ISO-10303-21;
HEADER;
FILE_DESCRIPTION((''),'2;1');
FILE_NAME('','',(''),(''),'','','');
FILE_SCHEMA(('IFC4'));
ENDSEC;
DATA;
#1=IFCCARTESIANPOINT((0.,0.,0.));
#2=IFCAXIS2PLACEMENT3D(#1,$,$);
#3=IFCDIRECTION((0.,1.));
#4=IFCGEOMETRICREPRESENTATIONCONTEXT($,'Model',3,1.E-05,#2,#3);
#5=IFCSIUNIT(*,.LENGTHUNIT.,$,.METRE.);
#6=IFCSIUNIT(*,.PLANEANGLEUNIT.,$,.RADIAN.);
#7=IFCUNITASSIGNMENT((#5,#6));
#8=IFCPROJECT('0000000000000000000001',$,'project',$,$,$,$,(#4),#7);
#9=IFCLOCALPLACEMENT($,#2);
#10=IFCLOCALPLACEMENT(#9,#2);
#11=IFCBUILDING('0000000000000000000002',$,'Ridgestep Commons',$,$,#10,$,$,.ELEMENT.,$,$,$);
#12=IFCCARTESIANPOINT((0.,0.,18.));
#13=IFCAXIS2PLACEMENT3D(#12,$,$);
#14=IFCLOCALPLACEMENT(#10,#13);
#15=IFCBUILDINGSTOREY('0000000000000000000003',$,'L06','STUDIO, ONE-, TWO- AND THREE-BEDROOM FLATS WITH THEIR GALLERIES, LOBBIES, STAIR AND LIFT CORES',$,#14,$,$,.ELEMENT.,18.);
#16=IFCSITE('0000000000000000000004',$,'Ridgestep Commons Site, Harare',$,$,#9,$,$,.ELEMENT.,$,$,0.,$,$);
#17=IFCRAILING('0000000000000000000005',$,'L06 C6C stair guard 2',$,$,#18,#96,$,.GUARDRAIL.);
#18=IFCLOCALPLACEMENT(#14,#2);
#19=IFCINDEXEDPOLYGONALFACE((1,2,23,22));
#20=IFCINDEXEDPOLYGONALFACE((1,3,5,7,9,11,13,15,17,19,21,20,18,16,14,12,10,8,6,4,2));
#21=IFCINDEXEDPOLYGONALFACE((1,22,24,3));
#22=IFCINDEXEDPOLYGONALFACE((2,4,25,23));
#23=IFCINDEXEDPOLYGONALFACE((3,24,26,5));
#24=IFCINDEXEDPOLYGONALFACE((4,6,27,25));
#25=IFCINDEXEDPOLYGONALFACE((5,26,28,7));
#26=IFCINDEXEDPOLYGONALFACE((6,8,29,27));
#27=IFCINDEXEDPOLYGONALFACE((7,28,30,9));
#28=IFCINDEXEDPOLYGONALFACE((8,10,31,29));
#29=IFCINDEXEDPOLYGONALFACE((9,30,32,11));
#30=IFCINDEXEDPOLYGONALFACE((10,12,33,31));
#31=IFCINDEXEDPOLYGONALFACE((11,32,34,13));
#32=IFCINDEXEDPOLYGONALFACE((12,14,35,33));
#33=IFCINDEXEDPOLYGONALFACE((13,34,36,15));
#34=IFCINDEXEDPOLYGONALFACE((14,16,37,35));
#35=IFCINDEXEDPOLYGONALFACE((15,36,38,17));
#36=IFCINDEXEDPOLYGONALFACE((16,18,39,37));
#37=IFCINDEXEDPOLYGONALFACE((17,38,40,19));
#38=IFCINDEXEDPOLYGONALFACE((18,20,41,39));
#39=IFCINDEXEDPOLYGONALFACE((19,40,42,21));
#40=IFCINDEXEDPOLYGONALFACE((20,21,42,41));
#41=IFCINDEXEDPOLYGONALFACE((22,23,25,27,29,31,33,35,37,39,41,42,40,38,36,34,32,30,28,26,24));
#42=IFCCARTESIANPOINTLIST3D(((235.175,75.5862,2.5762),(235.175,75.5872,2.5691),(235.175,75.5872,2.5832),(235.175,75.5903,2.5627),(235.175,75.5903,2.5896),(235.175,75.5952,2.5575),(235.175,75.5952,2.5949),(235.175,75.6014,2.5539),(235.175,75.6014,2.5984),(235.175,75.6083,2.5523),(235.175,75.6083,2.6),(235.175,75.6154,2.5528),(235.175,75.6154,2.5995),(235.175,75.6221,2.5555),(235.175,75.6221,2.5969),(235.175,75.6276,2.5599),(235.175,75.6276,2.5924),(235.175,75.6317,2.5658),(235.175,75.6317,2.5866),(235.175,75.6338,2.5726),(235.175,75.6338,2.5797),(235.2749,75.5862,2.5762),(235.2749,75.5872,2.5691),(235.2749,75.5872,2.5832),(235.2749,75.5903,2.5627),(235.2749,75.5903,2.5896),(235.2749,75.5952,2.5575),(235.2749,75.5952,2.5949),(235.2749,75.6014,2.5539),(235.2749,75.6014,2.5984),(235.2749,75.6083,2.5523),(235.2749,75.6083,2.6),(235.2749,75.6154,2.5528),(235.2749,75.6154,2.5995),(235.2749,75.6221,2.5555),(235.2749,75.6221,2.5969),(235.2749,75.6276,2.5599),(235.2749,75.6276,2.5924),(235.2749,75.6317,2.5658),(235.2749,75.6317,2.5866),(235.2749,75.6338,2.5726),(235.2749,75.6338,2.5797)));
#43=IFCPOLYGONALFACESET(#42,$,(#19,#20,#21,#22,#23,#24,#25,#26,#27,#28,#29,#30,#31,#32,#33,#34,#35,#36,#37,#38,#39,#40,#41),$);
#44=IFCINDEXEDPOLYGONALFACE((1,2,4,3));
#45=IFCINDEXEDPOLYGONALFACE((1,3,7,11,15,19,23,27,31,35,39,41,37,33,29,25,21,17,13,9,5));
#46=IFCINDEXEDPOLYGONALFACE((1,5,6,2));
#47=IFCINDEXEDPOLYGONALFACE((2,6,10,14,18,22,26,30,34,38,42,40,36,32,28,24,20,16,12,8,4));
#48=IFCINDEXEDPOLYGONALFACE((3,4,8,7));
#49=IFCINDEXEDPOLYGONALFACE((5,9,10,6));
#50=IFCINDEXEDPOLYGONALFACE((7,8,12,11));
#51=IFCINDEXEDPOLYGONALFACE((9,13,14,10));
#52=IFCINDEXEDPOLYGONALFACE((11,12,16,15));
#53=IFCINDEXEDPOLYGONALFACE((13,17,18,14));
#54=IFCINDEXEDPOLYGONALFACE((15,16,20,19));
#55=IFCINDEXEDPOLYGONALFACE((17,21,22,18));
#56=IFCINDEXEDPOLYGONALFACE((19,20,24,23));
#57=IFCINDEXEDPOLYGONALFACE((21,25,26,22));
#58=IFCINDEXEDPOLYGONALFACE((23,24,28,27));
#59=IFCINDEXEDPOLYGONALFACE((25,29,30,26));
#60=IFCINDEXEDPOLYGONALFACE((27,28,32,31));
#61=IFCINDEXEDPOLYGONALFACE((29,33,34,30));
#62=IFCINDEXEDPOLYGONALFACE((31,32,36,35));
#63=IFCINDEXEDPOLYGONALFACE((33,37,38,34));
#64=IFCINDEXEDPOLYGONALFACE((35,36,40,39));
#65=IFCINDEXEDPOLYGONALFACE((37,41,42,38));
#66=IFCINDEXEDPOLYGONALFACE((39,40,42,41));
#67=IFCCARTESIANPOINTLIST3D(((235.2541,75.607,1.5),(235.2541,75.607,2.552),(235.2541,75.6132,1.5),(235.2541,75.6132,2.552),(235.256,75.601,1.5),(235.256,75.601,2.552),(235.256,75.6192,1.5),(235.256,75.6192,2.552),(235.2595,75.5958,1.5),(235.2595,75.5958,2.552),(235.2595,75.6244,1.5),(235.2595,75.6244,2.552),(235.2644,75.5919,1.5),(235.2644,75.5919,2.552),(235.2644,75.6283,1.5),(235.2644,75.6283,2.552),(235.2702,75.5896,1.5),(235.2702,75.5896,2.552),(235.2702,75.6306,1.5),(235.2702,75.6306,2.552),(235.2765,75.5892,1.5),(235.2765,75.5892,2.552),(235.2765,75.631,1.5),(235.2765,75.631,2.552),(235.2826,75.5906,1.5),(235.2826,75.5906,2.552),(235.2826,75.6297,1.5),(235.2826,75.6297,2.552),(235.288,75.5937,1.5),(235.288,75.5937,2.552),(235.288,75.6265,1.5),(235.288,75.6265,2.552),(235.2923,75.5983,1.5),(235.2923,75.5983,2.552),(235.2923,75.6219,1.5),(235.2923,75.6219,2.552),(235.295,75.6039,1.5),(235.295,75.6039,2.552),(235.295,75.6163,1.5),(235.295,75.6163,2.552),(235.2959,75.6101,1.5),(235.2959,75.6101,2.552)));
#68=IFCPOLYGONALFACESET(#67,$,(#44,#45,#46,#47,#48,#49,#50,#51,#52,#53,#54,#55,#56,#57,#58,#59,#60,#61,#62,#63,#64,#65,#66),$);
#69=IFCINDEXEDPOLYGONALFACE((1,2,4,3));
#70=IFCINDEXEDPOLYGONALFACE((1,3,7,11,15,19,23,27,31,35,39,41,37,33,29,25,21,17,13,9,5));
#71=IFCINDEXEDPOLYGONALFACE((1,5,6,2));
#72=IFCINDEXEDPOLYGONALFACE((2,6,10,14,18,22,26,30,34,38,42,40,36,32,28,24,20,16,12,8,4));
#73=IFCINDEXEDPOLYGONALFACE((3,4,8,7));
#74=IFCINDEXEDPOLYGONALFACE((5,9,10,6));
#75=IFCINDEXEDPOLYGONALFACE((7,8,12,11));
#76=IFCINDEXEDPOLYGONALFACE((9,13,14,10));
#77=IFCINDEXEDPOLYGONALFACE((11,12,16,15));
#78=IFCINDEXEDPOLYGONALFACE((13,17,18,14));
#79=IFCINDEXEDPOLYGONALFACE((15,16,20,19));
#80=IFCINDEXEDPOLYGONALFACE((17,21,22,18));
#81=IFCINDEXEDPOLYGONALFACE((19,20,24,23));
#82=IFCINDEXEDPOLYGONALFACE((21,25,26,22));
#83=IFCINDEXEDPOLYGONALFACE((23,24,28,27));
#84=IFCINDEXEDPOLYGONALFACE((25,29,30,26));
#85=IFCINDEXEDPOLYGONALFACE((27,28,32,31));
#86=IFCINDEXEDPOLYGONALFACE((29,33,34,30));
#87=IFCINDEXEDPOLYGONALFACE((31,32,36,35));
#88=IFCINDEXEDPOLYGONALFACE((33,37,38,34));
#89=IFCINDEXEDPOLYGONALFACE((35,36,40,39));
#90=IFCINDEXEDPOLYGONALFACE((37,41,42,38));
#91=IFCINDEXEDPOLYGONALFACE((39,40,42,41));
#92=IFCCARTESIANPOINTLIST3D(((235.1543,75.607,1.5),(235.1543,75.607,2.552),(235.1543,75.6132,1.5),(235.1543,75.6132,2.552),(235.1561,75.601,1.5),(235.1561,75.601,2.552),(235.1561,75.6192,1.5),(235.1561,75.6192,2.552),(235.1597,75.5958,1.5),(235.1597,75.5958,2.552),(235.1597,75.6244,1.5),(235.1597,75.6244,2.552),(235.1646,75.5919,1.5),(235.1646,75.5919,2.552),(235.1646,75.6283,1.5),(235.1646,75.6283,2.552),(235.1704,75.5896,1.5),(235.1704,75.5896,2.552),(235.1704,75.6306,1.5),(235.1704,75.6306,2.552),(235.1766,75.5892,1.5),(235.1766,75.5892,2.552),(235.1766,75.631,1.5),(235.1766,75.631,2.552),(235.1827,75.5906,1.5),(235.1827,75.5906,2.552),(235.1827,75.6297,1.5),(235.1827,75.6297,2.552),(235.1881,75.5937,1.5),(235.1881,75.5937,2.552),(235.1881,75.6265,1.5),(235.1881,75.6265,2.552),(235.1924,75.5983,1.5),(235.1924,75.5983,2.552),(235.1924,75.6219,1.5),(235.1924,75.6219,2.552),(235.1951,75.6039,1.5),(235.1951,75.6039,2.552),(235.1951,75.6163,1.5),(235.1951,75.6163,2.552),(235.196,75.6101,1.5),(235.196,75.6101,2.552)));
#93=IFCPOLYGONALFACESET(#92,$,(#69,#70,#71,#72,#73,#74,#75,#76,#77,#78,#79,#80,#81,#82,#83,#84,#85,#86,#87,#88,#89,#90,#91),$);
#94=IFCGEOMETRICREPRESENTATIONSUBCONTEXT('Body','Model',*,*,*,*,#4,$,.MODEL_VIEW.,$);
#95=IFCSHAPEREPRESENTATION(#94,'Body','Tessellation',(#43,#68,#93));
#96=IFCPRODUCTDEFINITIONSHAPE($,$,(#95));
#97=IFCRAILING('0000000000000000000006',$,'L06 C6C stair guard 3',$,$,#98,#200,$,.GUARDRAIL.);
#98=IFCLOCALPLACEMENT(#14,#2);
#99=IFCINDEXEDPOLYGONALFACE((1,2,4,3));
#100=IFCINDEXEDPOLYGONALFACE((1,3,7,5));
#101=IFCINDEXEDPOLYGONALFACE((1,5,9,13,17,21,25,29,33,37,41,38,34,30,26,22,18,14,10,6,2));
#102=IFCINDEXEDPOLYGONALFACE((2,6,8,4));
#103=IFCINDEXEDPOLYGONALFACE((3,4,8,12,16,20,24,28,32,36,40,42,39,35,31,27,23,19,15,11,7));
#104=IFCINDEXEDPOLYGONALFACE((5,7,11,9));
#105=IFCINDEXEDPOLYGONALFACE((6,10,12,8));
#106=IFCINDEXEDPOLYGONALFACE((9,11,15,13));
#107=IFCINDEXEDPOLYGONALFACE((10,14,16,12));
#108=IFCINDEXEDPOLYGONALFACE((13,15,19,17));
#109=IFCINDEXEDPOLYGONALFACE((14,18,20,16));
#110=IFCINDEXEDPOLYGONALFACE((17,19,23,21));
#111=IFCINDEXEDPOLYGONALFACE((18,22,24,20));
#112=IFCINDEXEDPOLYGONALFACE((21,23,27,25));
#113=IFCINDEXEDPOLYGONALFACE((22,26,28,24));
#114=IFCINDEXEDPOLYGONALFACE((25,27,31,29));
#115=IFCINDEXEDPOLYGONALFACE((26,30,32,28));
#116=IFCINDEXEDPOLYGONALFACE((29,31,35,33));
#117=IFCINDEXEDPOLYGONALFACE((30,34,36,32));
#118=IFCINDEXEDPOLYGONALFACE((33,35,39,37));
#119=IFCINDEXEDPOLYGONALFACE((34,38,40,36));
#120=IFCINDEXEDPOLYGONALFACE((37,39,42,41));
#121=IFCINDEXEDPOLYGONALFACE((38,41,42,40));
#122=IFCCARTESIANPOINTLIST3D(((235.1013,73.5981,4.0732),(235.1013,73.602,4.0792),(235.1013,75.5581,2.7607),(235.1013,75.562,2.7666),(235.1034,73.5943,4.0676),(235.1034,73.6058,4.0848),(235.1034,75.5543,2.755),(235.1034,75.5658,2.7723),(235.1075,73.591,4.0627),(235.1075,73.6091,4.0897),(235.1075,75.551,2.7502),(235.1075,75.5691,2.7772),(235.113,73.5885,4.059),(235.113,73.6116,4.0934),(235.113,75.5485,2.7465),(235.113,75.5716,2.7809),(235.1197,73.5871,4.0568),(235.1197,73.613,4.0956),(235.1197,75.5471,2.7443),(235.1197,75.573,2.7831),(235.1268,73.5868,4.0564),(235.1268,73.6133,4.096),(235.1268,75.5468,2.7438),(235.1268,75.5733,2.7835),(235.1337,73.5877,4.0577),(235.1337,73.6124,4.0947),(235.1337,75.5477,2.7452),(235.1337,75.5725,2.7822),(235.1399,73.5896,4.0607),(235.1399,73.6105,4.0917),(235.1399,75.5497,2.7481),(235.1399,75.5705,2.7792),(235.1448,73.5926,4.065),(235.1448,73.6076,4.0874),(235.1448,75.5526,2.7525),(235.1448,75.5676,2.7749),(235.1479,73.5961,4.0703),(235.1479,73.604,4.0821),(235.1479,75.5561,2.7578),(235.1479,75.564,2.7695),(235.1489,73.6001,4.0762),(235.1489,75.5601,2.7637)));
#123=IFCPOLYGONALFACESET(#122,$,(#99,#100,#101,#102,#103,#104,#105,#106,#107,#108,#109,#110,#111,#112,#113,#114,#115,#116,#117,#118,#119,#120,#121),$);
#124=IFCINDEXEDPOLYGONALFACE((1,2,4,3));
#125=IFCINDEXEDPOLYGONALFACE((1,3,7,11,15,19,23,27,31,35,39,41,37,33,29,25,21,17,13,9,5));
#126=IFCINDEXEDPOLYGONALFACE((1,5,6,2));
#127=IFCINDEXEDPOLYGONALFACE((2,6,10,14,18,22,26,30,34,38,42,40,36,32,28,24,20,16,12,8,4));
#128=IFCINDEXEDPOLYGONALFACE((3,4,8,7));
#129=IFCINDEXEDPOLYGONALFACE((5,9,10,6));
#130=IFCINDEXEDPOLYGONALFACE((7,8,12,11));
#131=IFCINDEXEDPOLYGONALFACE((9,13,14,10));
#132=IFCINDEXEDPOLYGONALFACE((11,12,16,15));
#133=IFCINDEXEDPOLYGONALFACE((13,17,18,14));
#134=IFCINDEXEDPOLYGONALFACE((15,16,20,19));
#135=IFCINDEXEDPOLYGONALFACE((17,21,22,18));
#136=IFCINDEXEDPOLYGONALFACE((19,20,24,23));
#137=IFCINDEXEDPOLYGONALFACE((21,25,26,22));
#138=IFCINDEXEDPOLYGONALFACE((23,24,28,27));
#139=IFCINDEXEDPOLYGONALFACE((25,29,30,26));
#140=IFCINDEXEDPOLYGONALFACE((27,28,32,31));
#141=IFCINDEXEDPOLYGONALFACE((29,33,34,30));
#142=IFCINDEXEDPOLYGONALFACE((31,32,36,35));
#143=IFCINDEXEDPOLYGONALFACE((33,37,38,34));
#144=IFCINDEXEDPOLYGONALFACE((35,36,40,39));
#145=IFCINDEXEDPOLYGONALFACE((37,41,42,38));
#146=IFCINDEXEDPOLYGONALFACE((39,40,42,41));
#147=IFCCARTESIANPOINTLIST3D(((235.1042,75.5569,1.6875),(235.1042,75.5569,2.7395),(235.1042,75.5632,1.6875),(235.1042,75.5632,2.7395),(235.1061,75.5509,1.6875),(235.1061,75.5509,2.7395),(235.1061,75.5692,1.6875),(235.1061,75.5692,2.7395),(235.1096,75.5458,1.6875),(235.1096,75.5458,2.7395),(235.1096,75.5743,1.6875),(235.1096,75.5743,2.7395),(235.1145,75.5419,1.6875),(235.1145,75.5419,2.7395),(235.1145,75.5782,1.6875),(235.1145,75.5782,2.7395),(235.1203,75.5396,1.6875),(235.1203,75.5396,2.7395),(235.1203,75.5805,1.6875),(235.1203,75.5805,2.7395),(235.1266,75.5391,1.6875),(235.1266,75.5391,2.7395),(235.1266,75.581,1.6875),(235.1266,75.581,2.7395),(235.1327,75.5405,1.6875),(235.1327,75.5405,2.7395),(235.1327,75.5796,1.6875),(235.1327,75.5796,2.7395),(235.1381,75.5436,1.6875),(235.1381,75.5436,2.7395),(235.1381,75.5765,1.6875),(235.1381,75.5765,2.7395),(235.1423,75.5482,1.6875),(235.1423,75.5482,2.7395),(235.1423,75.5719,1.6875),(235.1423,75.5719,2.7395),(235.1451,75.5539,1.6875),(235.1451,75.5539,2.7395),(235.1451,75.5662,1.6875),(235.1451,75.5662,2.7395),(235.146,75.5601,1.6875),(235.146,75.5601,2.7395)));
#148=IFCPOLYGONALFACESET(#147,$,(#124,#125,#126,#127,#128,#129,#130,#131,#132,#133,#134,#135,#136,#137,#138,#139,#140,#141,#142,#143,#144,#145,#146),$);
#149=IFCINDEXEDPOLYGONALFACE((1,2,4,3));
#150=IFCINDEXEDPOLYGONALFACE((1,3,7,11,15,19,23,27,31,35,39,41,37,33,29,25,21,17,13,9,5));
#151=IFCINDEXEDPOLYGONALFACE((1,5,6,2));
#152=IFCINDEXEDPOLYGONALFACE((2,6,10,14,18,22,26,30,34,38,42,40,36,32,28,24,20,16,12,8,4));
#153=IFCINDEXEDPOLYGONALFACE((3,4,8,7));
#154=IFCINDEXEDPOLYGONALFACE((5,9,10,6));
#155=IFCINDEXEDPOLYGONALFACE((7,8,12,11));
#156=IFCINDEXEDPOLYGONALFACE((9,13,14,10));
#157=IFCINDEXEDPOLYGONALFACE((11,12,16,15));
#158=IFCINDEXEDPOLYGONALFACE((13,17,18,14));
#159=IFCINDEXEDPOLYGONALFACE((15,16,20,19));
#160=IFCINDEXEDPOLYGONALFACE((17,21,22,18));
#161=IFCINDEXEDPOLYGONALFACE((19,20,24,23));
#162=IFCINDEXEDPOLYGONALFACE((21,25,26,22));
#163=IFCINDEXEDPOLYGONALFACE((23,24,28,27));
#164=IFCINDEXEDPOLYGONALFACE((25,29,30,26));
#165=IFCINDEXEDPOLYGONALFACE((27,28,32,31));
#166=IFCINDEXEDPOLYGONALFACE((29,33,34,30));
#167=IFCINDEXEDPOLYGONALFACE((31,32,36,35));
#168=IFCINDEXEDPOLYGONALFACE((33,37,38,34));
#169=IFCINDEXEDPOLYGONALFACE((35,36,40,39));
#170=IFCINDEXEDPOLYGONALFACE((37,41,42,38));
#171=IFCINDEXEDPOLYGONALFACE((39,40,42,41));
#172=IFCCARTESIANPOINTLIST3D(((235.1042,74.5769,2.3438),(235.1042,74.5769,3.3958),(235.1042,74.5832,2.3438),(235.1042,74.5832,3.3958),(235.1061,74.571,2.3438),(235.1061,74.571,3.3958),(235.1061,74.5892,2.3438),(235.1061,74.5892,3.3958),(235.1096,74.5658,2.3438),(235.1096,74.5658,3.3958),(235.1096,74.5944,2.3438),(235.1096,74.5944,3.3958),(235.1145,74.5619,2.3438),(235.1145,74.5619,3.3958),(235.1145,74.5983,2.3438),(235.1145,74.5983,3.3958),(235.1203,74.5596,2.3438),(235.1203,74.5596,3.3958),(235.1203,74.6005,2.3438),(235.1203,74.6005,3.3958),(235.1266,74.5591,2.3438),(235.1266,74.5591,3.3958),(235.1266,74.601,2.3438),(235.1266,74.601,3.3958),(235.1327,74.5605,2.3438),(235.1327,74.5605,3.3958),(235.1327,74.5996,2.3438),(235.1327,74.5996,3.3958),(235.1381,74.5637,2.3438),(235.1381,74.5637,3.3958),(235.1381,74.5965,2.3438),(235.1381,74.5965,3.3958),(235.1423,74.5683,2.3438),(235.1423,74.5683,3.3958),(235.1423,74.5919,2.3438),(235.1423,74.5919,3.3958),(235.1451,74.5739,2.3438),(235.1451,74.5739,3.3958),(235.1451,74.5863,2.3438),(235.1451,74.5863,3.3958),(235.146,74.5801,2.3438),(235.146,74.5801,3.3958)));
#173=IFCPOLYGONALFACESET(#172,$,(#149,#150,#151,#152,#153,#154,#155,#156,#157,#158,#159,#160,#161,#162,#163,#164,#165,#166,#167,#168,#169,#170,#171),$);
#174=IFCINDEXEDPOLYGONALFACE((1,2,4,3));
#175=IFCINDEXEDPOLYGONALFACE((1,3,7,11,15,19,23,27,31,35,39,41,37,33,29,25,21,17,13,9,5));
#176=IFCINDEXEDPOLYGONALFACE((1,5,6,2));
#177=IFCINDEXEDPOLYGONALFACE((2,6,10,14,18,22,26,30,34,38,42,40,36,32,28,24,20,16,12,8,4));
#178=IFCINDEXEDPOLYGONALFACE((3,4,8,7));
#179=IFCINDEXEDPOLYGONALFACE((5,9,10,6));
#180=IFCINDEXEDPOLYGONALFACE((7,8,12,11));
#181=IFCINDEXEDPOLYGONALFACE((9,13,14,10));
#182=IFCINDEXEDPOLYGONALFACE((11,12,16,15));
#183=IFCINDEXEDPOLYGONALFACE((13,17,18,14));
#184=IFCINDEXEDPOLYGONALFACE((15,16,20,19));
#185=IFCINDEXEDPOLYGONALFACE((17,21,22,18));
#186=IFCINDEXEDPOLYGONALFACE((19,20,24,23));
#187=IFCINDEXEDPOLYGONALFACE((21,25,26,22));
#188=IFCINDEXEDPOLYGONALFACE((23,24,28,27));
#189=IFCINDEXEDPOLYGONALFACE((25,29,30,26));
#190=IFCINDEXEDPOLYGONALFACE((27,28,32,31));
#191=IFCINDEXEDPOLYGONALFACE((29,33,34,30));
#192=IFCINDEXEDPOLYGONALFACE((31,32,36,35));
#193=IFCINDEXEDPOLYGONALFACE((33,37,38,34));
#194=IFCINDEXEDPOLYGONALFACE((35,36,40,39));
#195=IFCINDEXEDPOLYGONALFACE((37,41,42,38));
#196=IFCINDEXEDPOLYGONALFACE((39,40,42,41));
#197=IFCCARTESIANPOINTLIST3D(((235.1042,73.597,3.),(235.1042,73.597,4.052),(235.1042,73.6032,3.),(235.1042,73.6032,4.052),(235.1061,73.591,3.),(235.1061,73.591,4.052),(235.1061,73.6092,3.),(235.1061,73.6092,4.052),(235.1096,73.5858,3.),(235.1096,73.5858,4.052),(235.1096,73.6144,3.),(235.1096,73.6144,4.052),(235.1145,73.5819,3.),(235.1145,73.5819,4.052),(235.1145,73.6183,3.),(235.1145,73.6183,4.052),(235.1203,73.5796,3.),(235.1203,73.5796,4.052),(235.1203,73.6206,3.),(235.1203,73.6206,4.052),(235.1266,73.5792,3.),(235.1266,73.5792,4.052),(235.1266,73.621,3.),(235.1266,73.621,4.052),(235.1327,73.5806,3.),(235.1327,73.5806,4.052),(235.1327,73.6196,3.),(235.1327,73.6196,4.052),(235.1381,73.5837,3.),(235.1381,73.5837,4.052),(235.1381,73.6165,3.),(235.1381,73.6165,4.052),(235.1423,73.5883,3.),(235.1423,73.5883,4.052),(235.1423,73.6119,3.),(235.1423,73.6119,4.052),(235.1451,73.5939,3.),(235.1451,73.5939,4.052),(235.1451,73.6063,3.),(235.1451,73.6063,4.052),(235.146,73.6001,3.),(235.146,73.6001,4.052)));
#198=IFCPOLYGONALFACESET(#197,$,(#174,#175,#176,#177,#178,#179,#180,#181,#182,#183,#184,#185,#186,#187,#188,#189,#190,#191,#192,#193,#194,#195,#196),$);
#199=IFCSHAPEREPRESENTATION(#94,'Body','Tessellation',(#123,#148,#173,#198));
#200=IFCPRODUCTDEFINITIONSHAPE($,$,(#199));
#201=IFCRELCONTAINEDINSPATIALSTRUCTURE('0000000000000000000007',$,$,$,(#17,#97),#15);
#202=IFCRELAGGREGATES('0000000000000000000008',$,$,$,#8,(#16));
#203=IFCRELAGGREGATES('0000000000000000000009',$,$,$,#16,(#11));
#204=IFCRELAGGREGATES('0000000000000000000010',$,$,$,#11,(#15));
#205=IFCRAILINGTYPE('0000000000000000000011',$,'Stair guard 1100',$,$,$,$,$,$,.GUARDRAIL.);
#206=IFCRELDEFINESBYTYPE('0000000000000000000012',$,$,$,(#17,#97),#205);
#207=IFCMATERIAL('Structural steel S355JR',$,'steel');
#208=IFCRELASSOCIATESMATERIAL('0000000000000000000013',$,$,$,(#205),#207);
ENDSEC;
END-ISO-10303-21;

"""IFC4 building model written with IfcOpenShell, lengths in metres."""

from ifc_helpers import new_model, si_unit, direction, frame, origin, origin_2d, place, context, subcontext, project, spatial, circle, extrude, material, type_object, element, save


model = new_model("IFC4")

# Units and contexts
model_context = context("Model", 3, precision=1e-05, world=origin(), true_north=direction((0.0, 1.0)))
body_context = subcontext(model_context, "Body", "Model", "MODEL_VIEW")
ifc_project = project(units=[si_unit("LENGTHUNIT", "METRE"), si_unit("PLANEANGLEUNIT", "RADIAN")], contexts=[model_context])

# Site, building, storey
site_placement = place(None, origin())
site = spatial("IfcSite", under=ifc_project, at=site_placement, Name="Ridgestep Commons Site, Harare", CompositionType="ELEMENT", RefElevation=0.0)
building_placement = place(site_placement, origin())
building = spatial("IfcBuilding", under=site, at=building_placement, Name="Ridgestep Commons", CompositionType="ELEMENT")
storey_placement = place(building_placement, frame((0.0, 0.0, 18.0)))
storey = spatial("IfcBuildingStorey", under=building, at=storey_placement, Name="L06", Description="STUDIO, ONE-, TWO- AND THREE-BEDROOM FLATS WITH THEIR GALLERIES, LOBBIES, STAIR AND LIFT CORES", CompositionType="ELEMENT", Elevation=18.0)

# Railings
ifc_material_1 = material(Name="Structural steel S355JR", Category="steel")
railing_type_1 = type_object("IfcRailingType", Name="Stair guard 1100", PredefinedType="GUARDRAIL", material=ifc_material_1)
railing_1_placement = place(storey_placement, frame((235.2749, 75.6101, 1.5)))
element("IfcRailing", 1, at=railing_1_placement, inside=storey, type_object=railing_type_1, Name="L06 C6C stair guard 2", PredefinedType="GUARDRAIL", context=body_context, shape_type="SweptSolid", body=[
    extrude(circle(Radius=0.0239, at=origin_2d()), frame((0.0, 0.0, 1.0762), z_axis=(-1.0, 0.0, 0.0), x_axis=(0.0, -1.0, 0.0)), (0.0, 0.0, 1.0), 0.0999),
    extrude(circle(Radius=0.021, at=origin_2d()), origin(), (0.0, 0.0, 1.0), 1.052),
    extrude(circle(Radius=0.021, at=origin_2d()), frame((-0.0999, 0.0, 0.0)), (0.0, 0.0, 1.0), 1.052),
])
railing_2_placement = place(storey_placement, frame((235.125, 75.5601, 1.6875)))
element("IfcRailing", 2, at=railing_2_placement, inside=storey, type_object=railing_type_1, Name="L06 C6C stair guard 3", PredefinedType="GUARDRAIL", context=body_context, shape_type="SweptSolid", body=[
    extrude(circle(Radius=0.0239, at=origin_2d()), frame((0.0, 0.0, 1.0762), z_axis=(0.0, -0.830902, 0.556419), x_axis=(1.0, 0.0, 0.0)), (0.0, 0.0, 1.0), 2.3589),
    extrude(circle(Radius=0.021, at=origin_2d()), origin(), (0.0, 0.0, 1.0), 1.052),
    extrude(circle(Radius=0.021, at=origin_2d()), frame((0.0, -0.98, 0.6562)), (0.0, 0.0, 1.0), 1.052),
    extrude(circle(Radius=0.021, at=origin_2d()), frame((0.0, -1.96, 1.3125)), (0.0, 0.0, 1.0), 1.052),
])

save(model, "model.ifc")
